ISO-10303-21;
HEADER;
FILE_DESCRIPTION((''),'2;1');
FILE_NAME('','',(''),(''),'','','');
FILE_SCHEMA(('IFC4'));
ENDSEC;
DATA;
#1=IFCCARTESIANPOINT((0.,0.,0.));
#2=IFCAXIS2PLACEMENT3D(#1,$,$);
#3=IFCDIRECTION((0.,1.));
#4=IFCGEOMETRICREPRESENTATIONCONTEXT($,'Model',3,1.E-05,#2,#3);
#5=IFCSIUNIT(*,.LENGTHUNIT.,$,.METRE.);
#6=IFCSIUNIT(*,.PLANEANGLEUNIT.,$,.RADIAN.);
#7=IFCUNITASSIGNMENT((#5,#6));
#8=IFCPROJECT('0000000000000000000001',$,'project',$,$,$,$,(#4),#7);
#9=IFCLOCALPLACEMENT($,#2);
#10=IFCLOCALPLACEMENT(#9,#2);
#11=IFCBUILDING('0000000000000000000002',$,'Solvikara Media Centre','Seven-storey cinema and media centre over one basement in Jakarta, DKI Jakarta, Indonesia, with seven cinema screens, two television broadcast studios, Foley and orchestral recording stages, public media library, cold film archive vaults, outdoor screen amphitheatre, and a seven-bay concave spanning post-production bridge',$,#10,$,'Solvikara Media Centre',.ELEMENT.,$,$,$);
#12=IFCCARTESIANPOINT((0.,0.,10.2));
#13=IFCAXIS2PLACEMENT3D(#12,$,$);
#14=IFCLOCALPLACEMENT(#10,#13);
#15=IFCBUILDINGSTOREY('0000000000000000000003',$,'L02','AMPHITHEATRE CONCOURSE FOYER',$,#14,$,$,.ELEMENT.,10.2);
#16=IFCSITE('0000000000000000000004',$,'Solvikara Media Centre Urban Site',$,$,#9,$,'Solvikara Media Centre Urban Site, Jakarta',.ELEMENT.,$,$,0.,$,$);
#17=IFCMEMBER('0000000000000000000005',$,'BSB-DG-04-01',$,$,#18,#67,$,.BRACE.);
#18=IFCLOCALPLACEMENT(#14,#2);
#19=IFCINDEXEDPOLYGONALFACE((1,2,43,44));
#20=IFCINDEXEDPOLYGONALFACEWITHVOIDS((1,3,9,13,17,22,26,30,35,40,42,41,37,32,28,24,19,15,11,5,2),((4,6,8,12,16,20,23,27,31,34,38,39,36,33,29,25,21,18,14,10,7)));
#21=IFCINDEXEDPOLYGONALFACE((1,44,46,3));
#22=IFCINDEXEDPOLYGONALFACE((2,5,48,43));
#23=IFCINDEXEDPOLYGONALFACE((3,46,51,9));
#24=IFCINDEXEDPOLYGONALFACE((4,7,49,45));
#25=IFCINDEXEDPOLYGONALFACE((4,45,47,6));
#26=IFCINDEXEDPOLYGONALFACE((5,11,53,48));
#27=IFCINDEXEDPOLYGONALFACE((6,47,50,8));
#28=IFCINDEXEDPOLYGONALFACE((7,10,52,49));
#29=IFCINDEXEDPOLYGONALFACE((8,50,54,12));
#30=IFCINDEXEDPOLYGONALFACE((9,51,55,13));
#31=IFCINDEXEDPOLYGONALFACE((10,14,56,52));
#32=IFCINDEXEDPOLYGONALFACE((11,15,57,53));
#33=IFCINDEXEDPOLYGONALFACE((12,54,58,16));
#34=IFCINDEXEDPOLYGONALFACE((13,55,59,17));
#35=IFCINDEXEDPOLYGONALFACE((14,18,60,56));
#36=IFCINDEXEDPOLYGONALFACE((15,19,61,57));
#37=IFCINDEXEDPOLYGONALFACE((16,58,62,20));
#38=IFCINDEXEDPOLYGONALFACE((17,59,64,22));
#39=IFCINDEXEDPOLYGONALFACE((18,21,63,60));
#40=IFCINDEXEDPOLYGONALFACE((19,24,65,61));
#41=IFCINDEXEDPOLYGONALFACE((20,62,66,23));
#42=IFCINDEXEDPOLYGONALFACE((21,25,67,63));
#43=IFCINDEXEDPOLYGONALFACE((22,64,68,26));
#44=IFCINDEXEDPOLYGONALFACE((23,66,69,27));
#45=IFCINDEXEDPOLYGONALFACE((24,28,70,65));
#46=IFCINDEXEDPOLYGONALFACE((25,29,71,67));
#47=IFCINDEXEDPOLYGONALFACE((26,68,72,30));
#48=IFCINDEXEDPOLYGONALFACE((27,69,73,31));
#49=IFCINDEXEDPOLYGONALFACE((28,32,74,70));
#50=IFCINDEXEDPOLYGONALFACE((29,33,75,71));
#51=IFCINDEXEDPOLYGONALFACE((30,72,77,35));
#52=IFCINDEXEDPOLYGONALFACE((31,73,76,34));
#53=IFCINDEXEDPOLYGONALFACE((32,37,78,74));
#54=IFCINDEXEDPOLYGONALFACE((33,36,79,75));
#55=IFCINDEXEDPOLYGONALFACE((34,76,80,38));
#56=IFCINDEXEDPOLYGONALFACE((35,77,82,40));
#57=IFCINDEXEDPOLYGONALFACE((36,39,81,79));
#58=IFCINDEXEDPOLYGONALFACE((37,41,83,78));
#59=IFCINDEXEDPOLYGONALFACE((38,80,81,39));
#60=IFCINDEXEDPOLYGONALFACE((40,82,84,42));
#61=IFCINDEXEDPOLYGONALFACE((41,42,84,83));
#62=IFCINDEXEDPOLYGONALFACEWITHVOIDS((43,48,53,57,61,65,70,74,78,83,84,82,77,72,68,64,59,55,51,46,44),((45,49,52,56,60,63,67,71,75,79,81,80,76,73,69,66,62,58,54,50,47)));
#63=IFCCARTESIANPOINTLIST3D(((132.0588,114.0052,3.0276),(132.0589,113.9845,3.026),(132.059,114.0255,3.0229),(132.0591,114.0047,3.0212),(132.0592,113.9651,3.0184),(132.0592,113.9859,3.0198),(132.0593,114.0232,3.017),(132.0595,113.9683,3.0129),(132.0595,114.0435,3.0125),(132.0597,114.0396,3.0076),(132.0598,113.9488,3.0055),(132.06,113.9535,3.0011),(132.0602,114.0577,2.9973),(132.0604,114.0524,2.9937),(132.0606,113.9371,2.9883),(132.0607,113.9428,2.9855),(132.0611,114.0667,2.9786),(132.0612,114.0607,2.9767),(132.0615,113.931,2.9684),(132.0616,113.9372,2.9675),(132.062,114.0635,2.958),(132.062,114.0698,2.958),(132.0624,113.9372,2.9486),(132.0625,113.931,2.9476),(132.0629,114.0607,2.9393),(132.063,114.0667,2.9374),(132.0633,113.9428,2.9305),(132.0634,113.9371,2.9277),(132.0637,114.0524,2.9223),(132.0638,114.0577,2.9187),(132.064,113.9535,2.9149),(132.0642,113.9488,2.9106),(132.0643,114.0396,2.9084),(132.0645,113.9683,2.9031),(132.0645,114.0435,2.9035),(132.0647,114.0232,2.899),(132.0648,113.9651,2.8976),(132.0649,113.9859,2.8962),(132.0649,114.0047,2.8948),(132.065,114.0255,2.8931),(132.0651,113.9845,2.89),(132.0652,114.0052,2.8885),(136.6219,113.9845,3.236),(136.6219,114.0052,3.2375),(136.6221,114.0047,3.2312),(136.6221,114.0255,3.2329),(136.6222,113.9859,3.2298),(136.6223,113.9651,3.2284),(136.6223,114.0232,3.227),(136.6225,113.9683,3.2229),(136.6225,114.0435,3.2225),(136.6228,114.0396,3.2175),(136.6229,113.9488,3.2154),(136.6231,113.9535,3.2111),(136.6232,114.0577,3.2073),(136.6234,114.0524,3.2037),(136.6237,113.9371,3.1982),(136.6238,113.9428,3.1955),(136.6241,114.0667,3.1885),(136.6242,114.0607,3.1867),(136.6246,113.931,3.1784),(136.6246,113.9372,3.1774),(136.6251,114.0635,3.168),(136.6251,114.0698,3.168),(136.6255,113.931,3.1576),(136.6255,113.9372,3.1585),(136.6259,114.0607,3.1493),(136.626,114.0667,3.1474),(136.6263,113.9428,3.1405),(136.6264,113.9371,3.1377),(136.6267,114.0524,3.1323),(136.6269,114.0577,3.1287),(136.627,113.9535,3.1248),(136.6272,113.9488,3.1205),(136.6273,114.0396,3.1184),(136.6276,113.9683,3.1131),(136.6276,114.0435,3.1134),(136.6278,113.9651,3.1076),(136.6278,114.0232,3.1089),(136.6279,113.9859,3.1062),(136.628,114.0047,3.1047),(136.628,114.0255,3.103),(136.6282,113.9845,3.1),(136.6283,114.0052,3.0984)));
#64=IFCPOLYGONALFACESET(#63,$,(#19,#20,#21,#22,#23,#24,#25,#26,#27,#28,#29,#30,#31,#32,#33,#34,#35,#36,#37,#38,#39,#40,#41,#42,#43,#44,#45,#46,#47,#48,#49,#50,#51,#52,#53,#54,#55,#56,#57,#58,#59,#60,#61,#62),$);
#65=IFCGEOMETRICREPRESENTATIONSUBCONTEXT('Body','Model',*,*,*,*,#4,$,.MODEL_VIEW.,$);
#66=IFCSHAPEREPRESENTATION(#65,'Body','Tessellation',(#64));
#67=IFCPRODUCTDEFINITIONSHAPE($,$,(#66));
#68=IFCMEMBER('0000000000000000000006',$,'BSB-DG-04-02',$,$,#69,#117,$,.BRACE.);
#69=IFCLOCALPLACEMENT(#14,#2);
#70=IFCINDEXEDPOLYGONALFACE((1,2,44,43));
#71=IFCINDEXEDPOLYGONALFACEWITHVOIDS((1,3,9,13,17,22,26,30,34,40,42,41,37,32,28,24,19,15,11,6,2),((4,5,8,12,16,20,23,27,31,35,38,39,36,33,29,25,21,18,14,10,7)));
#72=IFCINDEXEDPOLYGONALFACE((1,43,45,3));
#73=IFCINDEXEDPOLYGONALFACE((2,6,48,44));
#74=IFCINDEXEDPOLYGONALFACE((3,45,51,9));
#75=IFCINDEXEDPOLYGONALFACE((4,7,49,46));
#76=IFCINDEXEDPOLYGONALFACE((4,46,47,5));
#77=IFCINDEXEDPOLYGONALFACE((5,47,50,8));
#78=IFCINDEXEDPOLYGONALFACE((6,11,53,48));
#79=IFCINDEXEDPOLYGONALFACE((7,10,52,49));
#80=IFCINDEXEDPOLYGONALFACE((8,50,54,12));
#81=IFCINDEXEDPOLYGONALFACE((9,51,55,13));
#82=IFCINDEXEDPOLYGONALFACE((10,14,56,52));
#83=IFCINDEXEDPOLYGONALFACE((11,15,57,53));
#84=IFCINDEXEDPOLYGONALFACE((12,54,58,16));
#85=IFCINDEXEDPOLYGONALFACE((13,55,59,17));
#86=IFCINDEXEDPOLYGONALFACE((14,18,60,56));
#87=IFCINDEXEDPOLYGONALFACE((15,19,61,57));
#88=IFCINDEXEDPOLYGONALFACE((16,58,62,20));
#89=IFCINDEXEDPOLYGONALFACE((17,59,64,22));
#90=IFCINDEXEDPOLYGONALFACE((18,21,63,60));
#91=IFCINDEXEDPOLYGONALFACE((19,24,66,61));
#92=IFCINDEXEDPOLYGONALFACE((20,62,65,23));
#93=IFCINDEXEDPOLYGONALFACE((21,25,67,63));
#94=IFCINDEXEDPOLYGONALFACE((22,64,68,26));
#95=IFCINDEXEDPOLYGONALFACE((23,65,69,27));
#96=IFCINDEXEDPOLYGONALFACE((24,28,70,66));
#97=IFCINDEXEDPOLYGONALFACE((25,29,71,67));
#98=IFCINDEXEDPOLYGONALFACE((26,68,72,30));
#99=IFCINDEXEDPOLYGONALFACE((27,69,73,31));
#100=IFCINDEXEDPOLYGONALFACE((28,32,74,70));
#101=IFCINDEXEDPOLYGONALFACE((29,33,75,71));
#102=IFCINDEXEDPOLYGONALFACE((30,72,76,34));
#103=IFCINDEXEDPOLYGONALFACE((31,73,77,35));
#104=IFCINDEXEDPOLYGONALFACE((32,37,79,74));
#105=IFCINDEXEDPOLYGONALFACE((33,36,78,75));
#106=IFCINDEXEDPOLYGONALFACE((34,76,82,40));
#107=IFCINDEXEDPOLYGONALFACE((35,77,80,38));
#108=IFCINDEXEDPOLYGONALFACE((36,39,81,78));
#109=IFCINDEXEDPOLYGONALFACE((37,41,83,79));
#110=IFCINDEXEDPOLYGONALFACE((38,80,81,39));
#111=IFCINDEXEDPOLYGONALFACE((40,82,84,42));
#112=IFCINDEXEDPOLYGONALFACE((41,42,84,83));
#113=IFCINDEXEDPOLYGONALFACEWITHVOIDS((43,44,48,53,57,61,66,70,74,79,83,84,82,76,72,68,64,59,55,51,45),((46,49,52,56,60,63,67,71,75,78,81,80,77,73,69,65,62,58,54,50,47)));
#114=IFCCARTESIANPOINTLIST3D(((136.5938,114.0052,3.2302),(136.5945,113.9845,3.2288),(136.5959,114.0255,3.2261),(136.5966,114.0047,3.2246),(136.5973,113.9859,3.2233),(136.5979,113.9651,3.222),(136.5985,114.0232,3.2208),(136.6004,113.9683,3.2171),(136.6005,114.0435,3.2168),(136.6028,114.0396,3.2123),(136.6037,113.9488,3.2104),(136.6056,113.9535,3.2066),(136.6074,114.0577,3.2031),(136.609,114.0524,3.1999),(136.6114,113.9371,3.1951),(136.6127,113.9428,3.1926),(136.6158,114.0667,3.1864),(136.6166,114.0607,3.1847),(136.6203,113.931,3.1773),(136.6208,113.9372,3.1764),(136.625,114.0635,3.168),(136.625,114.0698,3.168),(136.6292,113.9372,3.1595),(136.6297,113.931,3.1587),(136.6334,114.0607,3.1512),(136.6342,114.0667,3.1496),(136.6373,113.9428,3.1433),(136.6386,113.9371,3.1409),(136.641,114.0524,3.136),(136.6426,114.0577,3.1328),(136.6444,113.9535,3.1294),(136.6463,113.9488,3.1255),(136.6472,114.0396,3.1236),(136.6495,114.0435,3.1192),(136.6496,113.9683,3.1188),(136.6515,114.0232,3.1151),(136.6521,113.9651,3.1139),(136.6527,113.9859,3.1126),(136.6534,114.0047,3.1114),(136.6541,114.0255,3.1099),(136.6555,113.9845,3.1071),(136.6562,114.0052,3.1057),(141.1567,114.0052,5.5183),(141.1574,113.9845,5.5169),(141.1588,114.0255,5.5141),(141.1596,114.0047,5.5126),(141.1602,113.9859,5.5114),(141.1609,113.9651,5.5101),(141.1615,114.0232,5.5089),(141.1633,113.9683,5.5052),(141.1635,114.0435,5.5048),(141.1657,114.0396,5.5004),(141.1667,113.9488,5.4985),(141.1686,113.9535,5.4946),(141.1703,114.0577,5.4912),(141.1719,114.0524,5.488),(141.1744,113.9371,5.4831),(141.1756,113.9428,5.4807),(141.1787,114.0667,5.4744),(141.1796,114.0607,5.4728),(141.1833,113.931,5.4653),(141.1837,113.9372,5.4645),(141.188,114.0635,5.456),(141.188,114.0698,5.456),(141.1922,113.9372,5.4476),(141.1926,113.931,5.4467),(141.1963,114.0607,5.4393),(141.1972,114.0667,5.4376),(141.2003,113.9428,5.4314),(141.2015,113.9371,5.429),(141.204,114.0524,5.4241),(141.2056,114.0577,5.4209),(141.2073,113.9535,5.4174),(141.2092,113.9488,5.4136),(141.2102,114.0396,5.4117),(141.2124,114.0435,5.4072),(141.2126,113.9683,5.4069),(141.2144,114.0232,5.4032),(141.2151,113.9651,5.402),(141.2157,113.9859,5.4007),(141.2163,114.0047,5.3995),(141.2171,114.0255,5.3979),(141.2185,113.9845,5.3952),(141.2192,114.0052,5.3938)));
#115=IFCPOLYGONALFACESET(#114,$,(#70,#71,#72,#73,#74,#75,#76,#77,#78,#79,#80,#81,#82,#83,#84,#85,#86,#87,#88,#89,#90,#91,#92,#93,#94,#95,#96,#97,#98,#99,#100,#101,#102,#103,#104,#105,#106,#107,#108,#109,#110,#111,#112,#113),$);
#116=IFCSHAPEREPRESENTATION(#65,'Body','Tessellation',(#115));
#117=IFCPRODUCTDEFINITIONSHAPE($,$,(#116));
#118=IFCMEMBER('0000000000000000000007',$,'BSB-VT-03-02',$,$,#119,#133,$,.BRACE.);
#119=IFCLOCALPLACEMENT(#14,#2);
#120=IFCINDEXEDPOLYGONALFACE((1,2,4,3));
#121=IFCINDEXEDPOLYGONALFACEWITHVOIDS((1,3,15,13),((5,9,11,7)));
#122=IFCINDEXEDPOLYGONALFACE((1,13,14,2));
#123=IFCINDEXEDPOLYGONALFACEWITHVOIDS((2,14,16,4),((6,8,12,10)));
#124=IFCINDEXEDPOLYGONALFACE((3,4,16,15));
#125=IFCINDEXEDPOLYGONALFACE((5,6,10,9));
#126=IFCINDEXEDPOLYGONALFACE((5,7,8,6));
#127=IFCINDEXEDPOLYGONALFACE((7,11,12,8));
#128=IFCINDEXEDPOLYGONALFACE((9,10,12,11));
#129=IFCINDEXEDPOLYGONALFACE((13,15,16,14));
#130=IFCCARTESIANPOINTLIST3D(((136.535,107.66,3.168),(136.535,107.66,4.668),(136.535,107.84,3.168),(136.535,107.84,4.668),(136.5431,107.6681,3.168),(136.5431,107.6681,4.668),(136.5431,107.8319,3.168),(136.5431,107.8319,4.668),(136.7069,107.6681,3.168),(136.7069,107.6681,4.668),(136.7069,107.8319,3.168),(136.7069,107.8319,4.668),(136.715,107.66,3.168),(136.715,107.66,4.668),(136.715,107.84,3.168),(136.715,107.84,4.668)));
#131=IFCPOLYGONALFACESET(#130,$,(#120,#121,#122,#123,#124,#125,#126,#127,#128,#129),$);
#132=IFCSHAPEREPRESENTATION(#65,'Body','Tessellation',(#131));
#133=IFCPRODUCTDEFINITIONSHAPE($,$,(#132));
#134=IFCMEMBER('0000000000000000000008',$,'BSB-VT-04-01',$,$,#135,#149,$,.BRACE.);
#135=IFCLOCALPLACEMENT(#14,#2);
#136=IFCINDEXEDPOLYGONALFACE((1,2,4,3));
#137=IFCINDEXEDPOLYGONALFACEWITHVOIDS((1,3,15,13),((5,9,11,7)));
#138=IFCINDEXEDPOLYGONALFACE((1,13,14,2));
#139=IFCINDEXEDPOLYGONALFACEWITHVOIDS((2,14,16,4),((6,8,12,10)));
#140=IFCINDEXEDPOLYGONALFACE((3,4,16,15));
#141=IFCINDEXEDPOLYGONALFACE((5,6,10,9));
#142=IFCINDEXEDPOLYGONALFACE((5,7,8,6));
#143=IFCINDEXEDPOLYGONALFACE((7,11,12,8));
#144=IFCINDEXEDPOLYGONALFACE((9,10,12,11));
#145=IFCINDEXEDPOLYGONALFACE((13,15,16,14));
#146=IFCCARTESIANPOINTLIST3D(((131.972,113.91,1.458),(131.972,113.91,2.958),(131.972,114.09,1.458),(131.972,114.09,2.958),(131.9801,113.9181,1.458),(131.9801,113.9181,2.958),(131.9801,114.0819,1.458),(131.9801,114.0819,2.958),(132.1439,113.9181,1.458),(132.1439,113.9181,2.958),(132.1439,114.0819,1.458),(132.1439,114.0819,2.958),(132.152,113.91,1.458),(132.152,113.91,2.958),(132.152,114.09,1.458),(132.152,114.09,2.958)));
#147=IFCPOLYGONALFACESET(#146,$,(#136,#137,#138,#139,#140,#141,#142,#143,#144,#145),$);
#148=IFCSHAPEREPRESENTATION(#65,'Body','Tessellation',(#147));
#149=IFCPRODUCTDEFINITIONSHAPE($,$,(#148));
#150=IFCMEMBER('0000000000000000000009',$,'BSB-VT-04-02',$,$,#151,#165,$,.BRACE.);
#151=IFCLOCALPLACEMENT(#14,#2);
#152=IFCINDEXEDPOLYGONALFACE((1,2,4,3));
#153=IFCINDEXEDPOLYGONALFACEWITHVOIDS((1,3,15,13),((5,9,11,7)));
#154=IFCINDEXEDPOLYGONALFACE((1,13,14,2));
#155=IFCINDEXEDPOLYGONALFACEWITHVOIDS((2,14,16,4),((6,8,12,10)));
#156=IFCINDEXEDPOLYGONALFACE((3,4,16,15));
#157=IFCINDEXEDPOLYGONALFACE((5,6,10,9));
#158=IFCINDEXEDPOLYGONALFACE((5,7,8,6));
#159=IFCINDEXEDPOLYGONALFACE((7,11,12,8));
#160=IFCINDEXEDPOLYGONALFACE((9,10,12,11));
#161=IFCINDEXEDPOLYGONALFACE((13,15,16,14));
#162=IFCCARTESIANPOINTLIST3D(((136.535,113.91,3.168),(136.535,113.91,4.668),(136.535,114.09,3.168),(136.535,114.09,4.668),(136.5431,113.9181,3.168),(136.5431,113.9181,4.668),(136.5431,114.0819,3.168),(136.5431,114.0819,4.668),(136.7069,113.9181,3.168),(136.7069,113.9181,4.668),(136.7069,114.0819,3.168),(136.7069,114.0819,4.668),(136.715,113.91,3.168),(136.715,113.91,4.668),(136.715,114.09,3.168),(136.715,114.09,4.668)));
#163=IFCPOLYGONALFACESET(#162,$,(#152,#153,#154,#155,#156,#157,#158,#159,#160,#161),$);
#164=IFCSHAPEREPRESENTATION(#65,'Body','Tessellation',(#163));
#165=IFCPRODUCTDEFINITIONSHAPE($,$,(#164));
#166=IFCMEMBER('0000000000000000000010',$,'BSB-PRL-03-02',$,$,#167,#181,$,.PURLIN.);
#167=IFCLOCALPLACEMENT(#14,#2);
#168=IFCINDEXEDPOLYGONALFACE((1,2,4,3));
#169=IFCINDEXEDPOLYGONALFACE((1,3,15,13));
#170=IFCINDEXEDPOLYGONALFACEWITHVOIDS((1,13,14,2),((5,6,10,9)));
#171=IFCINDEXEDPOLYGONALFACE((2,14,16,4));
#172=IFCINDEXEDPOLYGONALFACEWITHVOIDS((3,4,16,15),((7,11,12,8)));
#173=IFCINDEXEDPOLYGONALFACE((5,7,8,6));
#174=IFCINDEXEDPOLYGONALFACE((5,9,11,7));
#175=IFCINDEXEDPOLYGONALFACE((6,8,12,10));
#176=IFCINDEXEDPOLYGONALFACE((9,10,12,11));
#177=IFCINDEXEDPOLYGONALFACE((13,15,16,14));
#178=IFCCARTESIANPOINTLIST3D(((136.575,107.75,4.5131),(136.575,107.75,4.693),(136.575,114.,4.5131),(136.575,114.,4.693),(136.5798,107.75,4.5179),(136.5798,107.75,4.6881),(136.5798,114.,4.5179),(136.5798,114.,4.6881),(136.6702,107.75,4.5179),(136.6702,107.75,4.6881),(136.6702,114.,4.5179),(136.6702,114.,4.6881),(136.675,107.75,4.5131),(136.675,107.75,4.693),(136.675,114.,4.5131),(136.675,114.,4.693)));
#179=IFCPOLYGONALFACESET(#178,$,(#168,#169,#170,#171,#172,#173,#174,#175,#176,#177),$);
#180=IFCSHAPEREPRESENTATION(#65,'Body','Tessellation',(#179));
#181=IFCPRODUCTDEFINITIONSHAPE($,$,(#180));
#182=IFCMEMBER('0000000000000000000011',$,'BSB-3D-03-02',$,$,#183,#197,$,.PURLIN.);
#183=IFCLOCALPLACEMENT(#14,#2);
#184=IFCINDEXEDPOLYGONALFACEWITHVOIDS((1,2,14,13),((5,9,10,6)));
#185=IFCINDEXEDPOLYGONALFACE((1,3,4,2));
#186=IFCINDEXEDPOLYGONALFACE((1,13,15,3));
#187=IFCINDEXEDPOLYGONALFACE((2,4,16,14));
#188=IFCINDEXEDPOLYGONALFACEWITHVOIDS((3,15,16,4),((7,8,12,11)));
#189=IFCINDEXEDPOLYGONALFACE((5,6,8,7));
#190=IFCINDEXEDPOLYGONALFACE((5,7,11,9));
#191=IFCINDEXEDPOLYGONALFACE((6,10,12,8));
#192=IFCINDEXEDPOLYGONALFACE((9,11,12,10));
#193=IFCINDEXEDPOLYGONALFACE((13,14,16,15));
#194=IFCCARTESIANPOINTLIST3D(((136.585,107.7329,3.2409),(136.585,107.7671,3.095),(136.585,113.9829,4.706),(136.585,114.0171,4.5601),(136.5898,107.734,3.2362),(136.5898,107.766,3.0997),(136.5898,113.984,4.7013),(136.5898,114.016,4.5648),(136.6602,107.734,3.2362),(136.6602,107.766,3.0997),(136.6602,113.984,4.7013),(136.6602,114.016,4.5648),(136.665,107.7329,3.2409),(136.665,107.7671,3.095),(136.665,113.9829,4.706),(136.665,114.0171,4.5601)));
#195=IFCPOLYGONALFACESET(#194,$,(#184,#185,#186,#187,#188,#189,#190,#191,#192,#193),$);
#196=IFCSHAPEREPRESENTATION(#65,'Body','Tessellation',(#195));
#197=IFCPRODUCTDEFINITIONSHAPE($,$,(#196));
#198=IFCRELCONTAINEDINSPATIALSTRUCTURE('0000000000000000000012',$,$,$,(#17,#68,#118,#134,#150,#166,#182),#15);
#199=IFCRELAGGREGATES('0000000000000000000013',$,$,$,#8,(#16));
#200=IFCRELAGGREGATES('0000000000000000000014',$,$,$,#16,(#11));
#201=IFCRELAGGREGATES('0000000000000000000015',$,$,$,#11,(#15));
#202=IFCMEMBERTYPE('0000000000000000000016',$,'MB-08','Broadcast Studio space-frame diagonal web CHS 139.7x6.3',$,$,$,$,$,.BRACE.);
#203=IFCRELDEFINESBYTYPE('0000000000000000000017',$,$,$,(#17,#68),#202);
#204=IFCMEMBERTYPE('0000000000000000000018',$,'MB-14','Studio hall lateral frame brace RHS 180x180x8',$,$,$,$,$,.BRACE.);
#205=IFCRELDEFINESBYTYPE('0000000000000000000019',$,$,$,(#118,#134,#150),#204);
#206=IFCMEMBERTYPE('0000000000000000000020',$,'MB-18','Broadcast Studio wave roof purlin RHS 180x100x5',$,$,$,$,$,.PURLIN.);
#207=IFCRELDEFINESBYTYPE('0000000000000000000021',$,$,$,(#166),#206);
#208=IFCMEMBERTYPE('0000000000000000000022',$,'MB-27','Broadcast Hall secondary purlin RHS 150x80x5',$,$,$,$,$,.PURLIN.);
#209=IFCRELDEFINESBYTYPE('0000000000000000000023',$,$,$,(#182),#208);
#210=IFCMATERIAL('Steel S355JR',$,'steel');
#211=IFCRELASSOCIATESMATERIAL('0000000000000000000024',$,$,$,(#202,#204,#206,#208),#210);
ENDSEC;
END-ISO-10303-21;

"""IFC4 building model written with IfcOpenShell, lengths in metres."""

from ifc_helpers import new_model, si_unit, direction, frame, origin, origin_2d, place, context, subcontext, project, spatial, hollow_rectangle, hollow_circle, extrude, material, material_profile, profile_set, type_object, element, save


model = new_model("IFC4")

# Units and contexts
model_context = context("Model", 3, precision=1e-05, world=origin(), true_north=direction((0.0, 1.0)))
body_context = subcontext(model_context, "Body", "Model", "MODEL_VIEW")
ifc_project = project(units=[si_unit("LENGTHUNIT", "METRE"), si_unit("PLANEANGLEUNIT", "RADIAN")], contexts=[model_context])

# Site, building, storey
site_placement = place(None, origin())
site = spatial("IfcSite", under=ifc_project, at=site_placement, Name="Solvikara Media Centre Urban Site", LongName="Solvikara Media Centre Urban Site, Jakarta", CompositionType="ELEMENT", RefElevation=0.0)
building_placement = place(site_placement, origin())
building = spatial("IfcBuilding", under=site, at=building_placement, Name="Solvikara Media Centre", Description="Seven-storey cinema and media centre over one basement in Jakarta, DKI Jakarta, Indonesia, with seven cinema screens, two television broadcast studios, Foley and orchestral recording stages, public media library, cold film archive vaults, outdoor screen amphitheatre, and a seven-bay concave spanning post-production bridge", LongName="Solvikara Media Centre", CompositionType="ELEMENT")
storey_placement = place(building_placement, frame((0.0, 0.0, 10.2)))
storey = spatial("IfcBuildingStorey", under=building, at=storey_placement, Name="L02", Description="AMPHITHEATRE CONCOURSE FOYER", CompositionType="ELEMENT", Elevation=10.2)

# Members
ifc_material_1 = material(Name="Steel S355JR", Category="steel")
ifc_material_profile_1 = material_profile(ifc_material_1, hollow_circle(Radius=0.0698, WallThickness=0.0063, at=origin_2d()), Name="CHS 139.7x6.3")
ifc_profile_set_1 = profile_set([ifc_material_profile_1], Name="Steel S355JR")
member_type_1 = type_object("IfcMemberType", Name="MB-08", Description="Broadcast Studio space-frame diagonal web CHS 139.7x6.3", PredefinedType="BRACE", material=ifc_profile_set_1)
member_1_placement = place(storey_placement, frame((132.062, 114.0, 2.958), z_axis=(0.998943, 0.0, 0.045965), x_axis=(0.0, 1.0, 0.0)))
element("IfcMember", 1, at=member_1_placement, inside=storey, type_object=member_type_1, Name="BSB-DG-04-01", PredefinedType="BRACE", context=body_context, shape_type="SweptSolid", body=[
    extrude(hollow_circle(Radius=0.0698, WallThickness=0.0063, at=origin_2d()), origin(), (0.0, 0.0, 1.0), 4.5679),
])
member_2_placement = place(storey_placement, frame((136.625, 114.0, 3.168), z_axis=(0.89391, 0.0, 0.448246), x_axis=(0.0, 1.0, 0.0)))
element("IfcMember", 2, at=member_2_placement, inside=storey, type_object=member_type_1, Name="BSB-DG-04-02", PredefinedType="BRACE", context=body_context, shape_type="SweptSolid", body=[
    extrude(hollow_circle(Radius=0.0698, WallThickness=0.0063, at=origin_2d()), origin(), (0.0, 0.0, 1.0), 5.1045),
])
ifc_material_profile_2 = material_profile(ifc_material_1, hollow_rectangle(XDim=0.1799, YDim=0.1799, WallThickness=0.0081, at=origin_2d()), Name="RHS 180x180x8")
ifc_profile_set_2 = profile_set([ifc_material_profile_2], Name="Steel S355JR")
member_type_2 = type_object("IfcMemberType", Name="MB-14", Description="Studio hall lateral frame brace RHS 180x180x8", PredefinedType="BRACE", material=ifc_profile_set_2)
for number, where, z_axis, x_axis, name in (
    (3, (136.625, 107.75, 3.168), (0.0, 0.0, 1.0), (1.0, 0.0, 0.0), "BSB-VT-03-02"),
    (4, (132.062, 114.0, 1.458), (0.0, 0.0, 1.0), (1.0, 0.0, 0.0), "BSB-VT-04-01"),
    (5, (136.625, 114.0, 3.168), (0.0, 0.0, 1.0), (1.0, 0.0, 0.0), "BSB-VT-04-02"),
):
    element("IfcMember", number, at=place(storey_placement, frame(where, z_axis=z_axis, x_axis=x_axis)), inside=storey, type_object=member_type_2, Name=name, PredefinedType="BRACE", context=body_context, shape_type="SweptSolid", body=[
        extrude(hollow_rectangle(XDim=0.1799, YDim=0.1799, WallThickness=0.0081, at=origin_2d()), origin(), (0.0, 0.0, 1.0), 1.5),
    ])
ifc_material_profile_3 = material_profile(ifc_material_1, hollow_rectangle(XDim=0.1001, YDim=0.1799, WallThickness=0.0049, at=origin_2d()), Name="RHS 180x100x5")
ifc_profile_set_3 = profile_set([ifc_material_profile_3], Name="Steel S355JR")
member_type_3 = type_object("IfcMemberType", Name="MB-18", Description="Broadcast Studio wave roof purlin RHS 180x100x5", PredefinedType="PURLIN", material=ifc_profile_set_3)
member_3_placement = place(storey_placement, frame((136.625, 107.75, 4.603), z_axis=(0.0, 1.0, 0.0), x_axis=(-1.0, 0.0, 0.0)))
element("IfcMember", 6, at=member_3_placement, inside=storey, type_object=member_type_3, Name="BSB-PRL-03-02", PredefinedType="PURLIN", context=body_context, shape_type="SweptSolid", body=[
    extrude(hollow_rectangle(XDim=0.1001, YDim=0.1799, WallThickness=0.0049, at=origin_2d()), origin(), (0.0, 0.0, 1.0), 6.25),
])
ifc_material_profile_4 = material_profile(ifc_material_1, hollow_rectangle(XDim=0.0801, YDim=0.1499, WallThickness=0.0049, at=origin_2d()), Name="RHS 150x80x5")
ifc_profile_set_4 = profile_set([ifc_material_profile_4], Name="Steel S355JR")
member_type_4 = type_object("IfcMemberType", Name="MB-27", Description="Broadcast Hall secondary purlin RHS 150x80x5", PredefinedType="PURLIN", material=ifc_profile_set_4)
member_4_placement = place(storey_placement, frame((136.625, 107.75, 3.168), z_axis=(0.0, 0.973608, 0.228227), x_axis=(-1.0, 0.0, 0.0)))
element("IfcMember", 7, at=member_4_placement, inside=storey, type_object=member_type_4, Name="BSB-3D-03-02", PredefinedType="PURLIN", context=body_context, shape_type="SweptSolid", body=[
    extrude(hollow_rectangle(XDim=0.0801, YDim=0.1499, WallThickness=0.0049, at=origin_2d()), origin(), (0.0, 0.0, 1.0), 6.4194),
])

save(model, "model.ifc")
